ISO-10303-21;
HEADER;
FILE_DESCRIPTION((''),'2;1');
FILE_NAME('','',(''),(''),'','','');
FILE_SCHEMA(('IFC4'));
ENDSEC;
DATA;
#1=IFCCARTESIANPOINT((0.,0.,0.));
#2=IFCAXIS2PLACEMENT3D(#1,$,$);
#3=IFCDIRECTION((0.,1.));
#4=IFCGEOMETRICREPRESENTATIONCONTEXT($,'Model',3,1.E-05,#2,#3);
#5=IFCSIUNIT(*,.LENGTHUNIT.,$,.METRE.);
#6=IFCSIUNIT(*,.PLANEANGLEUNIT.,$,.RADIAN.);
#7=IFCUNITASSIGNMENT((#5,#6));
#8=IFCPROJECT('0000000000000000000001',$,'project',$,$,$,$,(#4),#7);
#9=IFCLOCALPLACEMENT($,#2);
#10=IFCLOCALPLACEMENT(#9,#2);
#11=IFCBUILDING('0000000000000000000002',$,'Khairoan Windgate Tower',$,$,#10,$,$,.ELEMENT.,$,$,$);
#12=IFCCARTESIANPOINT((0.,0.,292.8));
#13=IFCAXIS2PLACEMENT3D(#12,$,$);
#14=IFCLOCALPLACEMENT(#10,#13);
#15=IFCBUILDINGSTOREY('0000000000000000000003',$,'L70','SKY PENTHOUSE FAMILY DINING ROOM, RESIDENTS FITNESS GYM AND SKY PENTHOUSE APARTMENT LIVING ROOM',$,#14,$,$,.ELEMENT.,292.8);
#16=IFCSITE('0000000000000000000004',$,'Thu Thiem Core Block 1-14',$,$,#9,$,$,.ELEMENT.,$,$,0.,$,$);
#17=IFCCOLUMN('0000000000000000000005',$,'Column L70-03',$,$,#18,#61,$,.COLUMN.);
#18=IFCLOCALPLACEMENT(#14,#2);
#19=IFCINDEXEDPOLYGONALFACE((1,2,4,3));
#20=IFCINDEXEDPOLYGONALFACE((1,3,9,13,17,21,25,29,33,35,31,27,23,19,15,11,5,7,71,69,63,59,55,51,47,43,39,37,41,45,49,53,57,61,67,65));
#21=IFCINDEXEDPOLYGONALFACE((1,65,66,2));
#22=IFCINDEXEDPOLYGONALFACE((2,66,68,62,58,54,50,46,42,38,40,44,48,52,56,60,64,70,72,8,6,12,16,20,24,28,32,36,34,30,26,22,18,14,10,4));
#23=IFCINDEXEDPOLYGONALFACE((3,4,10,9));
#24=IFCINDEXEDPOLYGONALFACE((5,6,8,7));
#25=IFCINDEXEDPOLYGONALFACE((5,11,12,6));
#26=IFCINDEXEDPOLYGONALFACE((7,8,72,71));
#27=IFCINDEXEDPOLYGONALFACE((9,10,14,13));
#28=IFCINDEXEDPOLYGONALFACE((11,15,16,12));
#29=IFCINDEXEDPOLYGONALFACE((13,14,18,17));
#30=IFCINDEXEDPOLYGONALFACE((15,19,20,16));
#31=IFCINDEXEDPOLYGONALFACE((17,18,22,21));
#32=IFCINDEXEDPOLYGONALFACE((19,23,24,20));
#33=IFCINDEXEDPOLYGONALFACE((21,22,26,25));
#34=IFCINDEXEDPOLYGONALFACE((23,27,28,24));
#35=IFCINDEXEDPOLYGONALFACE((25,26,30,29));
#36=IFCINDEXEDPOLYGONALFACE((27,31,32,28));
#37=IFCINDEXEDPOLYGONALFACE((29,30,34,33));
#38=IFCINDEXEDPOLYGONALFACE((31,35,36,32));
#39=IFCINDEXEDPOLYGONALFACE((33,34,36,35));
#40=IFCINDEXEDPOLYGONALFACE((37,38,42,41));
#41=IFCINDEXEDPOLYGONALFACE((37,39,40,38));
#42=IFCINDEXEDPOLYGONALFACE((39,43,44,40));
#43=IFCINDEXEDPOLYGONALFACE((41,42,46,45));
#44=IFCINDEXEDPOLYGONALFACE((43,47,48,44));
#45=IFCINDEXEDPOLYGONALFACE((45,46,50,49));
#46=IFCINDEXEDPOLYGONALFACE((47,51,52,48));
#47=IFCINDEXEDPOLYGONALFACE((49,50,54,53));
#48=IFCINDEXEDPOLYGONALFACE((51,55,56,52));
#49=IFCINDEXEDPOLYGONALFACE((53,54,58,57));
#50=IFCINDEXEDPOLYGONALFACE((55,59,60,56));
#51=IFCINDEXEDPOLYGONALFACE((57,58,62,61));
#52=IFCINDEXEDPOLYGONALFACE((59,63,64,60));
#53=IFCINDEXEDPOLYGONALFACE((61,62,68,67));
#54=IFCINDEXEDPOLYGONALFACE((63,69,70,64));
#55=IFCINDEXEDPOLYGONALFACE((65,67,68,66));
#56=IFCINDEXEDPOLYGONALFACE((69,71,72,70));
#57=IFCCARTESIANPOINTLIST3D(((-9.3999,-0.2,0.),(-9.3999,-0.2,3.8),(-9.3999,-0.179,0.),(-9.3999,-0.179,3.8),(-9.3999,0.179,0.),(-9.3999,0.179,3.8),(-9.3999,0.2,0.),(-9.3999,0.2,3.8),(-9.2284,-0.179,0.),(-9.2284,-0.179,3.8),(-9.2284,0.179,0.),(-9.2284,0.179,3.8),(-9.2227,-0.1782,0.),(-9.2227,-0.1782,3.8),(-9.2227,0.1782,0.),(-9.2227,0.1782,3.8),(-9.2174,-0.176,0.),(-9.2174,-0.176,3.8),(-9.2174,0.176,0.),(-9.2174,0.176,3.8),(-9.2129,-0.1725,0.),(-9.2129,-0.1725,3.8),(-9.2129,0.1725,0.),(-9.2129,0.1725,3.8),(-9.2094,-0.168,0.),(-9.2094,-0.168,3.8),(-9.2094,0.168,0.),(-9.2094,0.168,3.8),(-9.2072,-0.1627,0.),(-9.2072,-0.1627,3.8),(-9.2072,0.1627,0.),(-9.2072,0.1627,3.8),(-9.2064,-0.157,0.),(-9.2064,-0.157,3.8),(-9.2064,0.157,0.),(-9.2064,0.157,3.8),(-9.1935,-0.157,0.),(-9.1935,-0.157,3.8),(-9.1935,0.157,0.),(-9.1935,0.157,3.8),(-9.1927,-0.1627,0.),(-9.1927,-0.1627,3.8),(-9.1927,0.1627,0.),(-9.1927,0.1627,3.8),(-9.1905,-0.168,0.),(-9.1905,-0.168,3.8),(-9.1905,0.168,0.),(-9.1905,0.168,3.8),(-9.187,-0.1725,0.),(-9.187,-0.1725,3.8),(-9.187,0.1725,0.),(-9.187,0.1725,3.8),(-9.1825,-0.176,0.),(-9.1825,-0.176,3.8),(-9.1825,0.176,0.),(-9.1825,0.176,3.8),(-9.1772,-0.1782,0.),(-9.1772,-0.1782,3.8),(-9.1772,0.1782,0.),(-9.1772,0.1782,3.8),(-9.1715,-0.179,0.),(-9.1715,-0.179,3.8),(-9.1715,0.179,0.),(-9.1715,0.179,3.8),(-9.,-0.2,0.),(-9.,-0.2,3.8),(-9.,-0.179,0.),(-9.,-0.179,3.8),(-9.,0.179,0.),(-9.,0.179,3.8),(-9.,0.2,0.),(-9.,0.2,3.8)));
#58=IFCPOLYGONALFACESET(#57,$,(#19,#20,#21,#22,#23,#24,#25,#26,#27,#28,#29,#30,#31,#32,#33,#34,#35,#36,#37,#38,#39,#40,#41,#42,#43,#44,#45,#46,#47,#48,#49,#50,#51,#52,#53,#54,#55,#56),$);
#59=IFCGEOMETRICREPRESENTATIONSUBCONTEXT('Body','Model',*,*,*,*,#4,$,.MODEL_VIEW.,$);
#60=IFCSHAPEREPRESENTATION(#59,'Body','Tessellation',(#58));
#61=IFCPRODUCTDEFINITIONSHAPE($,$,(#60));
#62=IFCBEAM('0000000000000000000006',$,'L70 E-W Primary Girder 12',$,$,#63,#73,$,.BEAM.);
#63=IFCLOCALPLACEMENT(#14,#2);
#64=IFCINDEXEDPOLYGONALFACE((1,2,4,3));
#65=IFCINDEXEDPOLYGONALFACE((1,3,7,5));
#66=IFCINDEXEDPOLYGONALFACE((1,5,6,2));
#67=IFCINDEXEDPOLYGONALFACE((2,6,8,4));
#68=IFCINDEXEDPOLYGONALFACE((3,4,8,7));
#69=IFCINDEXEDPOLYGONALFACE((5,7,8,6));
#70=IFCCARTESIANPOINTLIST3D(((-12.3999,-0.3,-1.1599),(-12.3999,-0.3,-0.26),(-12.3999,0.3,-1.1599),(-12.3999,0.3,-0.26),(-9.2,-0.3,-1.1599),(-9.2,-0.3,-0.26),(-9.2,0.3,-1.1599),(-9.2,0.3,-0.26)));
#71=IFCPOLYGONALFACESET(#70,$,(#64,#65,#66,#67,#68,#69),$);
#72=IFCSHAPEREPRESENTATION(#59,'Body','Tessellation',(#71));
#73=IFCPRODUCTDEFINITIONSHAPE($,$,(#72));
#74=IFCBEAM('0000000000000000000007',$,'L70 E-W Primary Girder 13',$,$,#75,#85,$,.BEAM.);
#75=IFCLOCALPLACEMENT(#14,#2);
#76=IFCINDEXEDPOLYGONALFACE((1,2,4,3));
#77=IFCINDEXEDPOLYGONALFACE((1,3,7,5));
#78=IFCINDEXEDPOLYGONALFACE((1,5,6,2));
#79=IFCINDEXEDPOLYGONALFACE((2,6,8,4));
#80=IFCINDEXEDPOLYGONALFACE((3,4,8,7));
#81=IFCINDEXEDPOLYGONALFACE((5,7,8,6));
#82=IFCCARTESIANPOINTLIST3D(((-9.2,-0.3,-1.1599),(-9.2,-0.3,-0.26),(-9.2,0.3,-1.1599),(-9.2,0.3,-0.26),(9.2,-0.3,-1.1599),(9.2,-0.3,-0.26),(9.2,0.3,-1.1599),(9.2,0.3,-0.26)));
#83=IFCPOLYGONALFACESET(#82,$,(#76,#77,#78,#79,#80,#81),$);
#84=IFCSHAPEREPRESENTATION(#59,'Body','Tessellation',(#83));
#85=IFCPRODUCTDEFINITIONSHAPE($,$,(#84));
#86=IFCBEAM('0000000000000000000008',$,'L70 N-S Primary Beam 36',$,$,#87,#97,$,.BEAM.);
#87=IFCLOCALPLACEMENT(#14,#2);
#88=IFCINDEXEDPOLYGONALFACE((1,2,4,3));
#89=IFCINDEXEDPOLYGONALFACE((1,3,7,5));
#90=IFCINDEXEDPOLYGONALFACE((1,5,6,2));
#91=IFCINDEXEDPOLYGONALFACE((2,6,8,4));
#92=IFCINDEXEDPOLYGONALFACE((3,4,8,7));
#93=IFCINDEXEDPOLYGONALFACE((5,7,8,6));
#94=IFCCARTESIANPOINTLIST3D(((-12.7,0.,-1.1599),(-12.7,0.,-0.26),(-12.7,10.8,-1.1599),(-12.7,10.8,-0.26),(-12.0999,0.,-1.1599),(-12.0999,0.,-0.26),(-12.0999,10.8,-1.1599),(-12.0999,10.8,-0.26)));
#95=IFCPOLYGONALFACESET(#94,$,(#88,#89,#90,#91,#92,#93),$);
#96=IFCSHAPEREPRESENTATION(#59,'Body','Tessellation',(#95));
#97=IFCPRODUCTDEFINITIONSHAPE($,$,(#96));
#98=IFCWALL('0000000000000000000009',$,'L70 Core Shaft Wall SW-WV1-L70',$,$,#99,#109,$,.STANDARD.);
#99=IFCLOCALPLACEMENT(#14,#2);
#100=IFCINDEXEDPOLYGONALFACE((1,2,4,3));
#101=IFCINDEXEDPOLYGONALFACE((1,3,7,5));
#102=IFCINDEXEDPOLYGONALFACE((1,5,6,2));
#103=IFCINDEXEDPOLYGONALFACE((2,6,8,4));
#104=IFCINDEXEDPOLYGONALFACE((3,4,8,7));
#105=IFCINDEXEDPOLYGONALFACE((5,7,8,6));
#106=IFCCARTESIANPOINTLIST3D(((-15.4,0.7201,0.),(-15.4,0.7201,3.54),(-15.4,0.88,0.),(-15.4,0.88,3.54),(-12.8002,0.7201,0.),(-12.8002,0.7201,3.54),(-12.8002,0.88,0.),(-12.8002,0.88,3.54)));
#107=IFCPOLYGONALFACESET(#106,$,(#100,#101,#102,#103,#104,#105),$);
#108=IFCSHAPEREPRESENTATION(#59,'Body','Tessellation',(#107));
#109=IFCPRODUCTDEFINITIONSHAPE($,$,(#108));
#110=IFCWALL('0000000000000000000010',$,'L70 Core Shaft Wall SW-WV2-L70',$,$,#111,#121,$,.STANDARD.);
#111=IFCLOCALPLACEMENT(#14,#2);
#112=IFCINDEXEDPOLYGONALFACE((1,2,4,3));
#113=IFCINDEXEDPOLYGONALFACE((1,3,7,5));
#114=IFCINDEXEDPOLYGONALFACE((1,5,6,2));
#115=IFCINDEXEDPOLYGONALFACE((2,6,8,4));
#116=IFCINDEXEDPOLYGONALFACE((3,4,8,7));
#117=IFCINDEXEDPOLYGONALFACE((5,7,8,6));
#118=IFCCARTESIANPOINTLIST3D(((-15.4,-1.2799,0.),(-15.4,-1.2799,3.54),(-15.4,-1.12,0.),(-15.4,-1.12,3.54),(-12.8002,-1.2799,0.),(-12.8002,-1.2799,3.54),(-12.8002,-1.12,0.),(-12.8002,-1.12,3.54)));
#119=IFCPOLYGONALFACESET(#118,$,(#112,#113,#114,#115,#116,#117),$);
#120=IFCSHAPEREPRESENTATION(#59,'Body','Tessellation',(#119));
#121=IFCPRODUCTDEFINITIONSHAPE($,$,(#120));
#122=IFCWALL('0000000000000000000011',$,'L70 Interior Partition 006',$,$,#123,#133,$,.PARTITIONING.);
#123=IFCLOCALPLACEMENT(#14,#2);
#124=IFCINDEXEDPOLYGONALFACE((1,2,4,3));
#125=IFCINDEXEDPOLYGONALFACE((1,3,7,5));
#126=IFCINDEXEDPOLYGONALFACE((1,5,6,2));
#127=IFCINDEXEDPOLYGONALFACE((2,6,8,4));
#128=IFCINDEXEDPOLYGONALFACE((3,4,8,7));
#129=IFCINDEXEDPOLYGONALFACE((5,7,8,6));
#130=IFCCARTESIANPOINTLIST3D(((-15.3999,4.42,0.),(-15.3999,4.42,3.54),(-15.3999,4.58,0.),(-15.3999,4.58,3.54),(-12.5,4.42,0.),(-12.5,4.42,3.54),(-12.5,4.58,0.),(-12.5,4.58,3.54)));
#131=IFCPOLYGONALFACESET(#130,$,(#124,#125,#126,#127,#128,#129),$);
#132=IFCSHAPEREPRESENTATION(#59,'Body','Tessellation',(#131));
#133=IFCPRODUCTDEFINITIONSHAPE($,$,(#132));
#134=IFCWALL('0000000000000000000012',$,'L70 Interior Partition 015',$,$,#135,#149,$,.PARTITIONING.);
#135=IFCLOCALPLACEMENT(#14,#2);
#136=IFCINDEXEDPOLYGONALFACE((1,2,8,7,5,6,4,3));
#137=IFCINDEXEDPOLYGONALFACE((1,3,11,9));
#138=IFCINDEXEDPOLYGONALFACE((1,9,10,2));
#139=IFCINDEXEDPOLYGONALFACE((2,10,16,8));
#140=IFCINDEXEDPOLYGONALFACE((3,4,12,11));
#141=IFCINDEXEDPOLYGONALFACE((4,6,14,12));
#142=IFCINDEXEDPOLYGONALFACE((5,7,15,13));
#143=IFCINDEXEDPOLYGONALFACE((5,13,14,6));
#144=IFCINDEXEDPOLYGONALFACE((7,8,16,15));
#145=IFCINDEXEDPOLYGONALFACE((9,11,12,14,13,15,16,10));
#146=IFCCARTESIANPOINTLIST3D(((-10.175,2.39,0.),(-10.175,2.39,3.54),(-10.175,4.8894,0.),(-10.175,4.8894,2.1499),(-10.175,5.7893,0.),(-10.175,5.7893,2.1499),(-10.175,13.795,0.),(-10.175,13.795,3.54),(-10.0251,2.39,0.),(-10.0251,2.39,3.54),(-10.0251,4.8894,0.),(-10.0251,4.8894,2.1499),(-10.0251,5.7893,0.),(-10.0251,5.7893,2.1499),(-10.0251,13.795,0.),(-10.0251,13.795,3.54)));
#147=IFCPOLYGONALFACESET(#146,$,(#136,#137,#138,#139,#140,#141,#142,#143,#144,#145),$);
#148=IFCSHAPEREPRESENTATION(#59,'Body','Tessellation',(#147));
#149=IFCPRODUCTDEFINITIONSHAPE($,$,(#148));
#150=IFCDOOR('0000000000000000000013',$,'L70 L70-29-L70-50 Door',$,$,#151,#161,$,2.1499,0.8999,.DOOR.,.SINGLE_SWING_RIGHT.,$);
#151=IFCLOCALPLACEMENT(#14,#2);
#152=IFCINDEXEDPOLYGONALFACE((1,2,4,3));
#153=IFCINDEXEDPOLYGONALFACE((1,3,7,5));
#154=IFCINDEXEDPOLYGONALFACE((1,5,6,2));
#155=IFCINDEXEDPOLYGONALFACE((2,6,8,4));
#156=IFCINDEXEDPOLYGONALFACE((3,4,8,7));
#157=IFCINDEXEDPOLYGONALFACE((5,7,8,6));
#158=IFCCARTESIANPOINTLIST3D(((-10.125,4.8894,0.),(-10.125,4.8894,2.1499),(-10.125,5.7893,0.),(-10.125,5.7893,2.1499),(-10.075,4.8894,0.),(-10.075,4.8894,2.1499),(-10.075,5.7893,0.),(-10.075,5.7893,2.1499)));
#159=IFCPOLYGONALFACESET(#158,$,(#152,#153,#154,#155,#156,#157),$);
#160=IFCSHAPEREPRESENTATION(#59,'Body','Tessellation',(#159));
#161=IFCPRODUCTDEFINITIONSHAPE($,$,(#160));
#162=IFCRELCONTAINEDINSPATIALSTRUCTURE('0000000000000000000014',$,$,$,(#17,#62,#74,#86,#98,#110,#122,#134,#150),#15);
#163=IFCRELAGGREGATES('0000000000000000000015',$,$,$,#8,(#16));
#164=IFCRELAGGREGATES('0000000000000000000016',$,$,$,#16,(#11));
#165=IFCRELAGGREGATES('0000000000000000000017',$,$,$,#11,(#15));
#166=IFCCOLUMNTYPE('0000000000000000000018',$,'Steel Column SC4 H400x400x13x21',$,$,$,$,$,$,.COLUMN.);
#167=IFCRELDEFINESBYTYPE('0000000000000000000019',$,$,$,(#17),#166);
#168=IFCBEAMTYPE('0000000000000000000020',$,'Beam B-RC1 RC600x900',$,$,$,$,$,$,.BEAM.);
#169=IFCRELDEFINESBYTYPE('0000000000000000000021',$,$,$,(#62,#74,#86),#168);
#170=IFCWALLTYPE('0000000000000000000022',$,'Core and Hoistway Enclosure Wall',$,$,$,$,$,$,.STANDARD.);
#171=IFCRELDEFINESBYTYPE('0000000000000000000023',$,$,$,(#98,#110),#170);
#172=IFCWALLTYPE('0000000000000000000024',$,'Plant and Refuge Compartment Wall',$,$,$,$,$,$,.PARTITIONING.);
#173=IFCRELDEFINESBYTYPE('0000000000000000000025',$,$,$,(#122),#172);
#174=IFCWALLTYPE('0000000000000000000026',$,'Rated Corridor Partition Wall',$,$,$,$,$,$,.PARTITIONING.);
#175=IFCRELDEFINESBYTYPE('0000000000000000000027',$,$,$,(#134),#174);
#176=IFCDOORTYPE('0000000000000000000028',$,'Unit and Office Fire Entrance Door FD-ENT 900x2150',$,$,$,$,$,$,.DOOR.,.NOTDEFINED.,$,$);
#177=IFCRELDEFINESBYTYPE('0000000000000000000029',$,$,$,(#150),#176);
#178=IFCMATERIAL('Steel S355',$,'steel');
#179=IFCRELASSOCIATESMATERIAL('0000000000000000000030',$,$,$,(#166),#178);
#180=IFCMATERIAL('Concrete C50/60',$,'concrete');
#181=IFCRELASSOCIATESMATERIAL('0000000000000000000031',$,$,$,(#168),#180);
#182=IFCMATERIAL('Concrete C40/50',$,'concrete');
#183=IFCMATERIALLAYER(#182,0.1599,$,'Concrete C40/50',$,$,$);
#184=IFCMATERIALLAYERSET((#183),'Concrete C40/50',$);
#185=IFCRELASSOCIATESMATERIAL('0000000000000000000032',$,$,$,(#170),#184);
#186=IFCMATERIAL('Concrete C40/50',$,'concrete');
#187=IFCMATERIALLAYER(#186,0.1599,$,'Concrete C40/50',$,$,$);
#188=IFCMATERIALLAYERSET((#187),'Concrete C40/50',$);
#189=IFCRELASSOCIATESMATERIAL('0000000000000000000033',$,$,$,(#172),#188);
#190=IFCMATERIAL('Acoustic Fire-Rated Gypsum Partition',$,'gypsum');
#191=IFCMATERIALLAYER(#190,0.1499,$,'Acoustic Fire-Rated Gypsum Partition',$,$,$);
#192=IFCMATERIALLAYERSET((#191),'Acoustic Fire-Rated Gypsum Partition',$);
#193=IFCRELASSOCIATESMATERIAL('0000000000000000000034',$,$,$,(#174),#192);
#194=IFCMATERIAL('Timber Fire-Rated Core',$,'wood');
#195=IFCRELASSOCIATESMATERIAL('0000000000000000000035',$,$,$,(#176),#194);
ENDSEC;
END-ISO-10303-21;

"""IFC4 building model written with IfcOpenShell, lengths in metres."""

from ifc_helpers import new_model, si_unit, direction, frame, frame_2d, origin, origin_2d, place, context, subcontext, project, spatial, rectangle, i_section, extrude, material, layer, layer_set, material_profile, profile_set, type_object, element, fill, save


model = new_model("IFC4")

# Units and contexts
model_context = context("Model", 3, precision=1e-05, world=origin(), true_north=direction((0.0, 1.0)))
body_context = subcontext(model_context, "Body", "Model", "MODEL_VIEW")
ifc_project = project(units=[si_unit("LENGTHUNIT", "METRE"), si_unit("PLANEANGLEUNIT", "RADIAN")], contexts=[model_context])

# Site, building, storey
site_placement = place(None, origin())
site = spatial("IfcSite", under=ifc_project, at=site_placement, Name="Thu Thiem Core Block 1-14", CompositionType="ELEMENT", RefElevation=0.0)
building_placement = place(site_placement, origin())
building = spatial("IfcBuilding", under=site, at=building_placement, Name="Khairoan Windgate Tower", CompositionType="ELEMENT")
storey_placement = place(building_placement, frame((0.0, 0.0, 292.8)))
storey = spatial("IfcBuildingStorey", under=building, at=storey_placement, Name="L70", Description="SKY PENTHOUSE FAMILY DINING ROOM, RESIDENTS FITNESS GYM AND SKY PENTHOUSE APARTMENT LIVING ROOM", CompositionType="ELEMENT", Elevation=292.8)

# Column
ifc_material_1 = material(Name="Steel S355", Category="steel")
ifc_material_profile_1 = material_profile(ifc_material_1, i_section(OverallWidth=0.3999, OverallDepth=0.3999, WebThickness=0.0129, FlangeThickness=0.021, FilletRadius=0.022, at=origin_2d()))
ifc_profile_set_1 = profile_set([ifc_material_profile_1], Name="Steel S355")
column_type = type_object("IfcColumnType", Name="Steel Column SC4 H400x400x13x21", PredefinedType="COLUMN", material=ifc_profile_set_1)
column_placement = place(storey_placement, frame((-9.2, 0.0, 0.0), z_axis=(0.0, 0.0, 1.0), x_axis=(1.0, 0.0, 0.0)))
element("IfcColumn", 1, at=column_placement, inside=storey, type_object=column_type, Name="Column L70-03", PredefinedType="COLUMN", context=body_context, shape_type="SweptSolid", body=[
    extrude(i_section(OverallWidth=0.3999, OverallDepth=0.3999, WebThickness=0.0129, FlangeThickness=0.021, FilletRadius=0.022, at=origin_2d()), origin(), (0.0, 0.0, 1.0), 3.8),
])

# Beams
ifc_material_2 = material(Name="Concrete C50/60", Category="concrete")
ifc_material_profile_2 = material_profile(ifc_material_2, rectangle(XDim=0.6001, YDim=0.8999, at=origin_2d()))
ifc_profile_set_2 = profile_set([ifc_material_profile_2], Name="Concrete C50/60")
beam_type = type_object("IfcBeamType", Name="Beam B-RC1 RC600x900", PredefinedType="BEAM", material=ifc_profile_set_2)
beam_1_placement = place(storey_placement, frame((-12.3999, 0.0, -0.71), z_axis=(1.0, 0.0, 0.0), x_axis=(0.0, 1.0, 0.0)))
element("IfcBeam", 2, at=beam_1_placement, inside=storey, type_object=beam_type, Name="L70 E-W Primary Girder 12", PredefinedType="BEAM", context=body_context, shape_type="SweptSolid", body=[
    extrude(rectangle(XDim=0.6001, YDim=0.8999, at=origin_2d()), origin(), (0.0, 0.0, 1.0), 3.2),
])
beam_2_placement = place(storey_placement, frame((-9.2, 0.0, -0.71), z_axis=(1.0, 0.0, 0.0), x_axis=(0.0, 1.0, 0.0)))
element("IfcBeam", 3, at=beam_2_placement, inside=storey, type_object=beam_type, Name="L70 E-W Primary Girder 13", PredefinedType="BEAM", context=body_context, shape_type="SweptSolid", body=[
    extrude(rectangle(XDim=0.6001, YDim=0.8999, at=origin_2d()), origin(), (0.0, 0.0, 1.0), 18.3999),
])
beam_3_placement = place(storey_placement, frame((-12.3999, 0.0, -0.71), z_axis=(0.0, 1.0, 0.0), x_axis=(-1.0, 0.0, 0.0)))
element("IfcBeam", 4, at=beam_3_placement, inside=storey, type_object=beam_type, Name="L70 N-S Primary Beam 36", PredefinedType="BEAM", context=body_context, shape_type="SweptSolid", body=[
    extrude(rectangle(XDim=0.6001, YDim=0.8999, at=origin_2d()), origin(), (0.0, 0.0, 1.0), 10.8),
])

# Walls
ifc_material_3 = material(Name="Concrete C40/50", Category="concrete")
ifc_layer_1 = layer(ifc_material_3, 0.1599, Name="Concrete C40/50")
ifc_layer_set_1 = layer_set([ifc_layer_1], Name="Concrete C40/50")
wall_type_1 = type_object("IfcWallType", Name="Core and Hoistway Enclosure Wall", PredefinedType="STANDARD", material=ifc_layer_set_1)
for number, where, z_axis, x_axis, name in (
    (5, (-15.3999, 0.8, 0.0), (0.0, 0.0, 1.0), (1.0, 0.0, 0.0), "L70 Core Shaft Wall SW-WV1-L70"),
    (6, (-15.3999, -1.2, 0.0), (0.0, 0.0, 1.0), (1.0, 0.0, 0.0), "L70 Core Shaft Wall SW-WV2-L70"),
):
    element("IfcWall", number, at=place(storey_placement, frame(where, z_axis=z_axis, x_axis=x_axis)), inside=storey, type_object=wall_type_1, Name=name, PredefinedType="STANDARD", context=body_context, shape_type="SweptSolid", body=[
        extrude(rectangle(XDim=2.5999, YDim=0.1599, at=frame_2d((1.2998, 0.0))), origin(), (0.0, 0.0, 1.0), 3.54),
    ])
ifc_material_4 = material(Name="Concrete C40/50", Category="concrete")
ifc_layer_2 = layer(ifc_material_4, 0.1599, Name="Concrete C40/50")
ifc_layer_set_2 = layer_set([ifc_layer_2], Name="Concrete C40/50")
wall_type_2 = type_object("IfcWallType", Name="Plant and Refuge Compartment Wall", PredefinedType="PARTITIONING", material=ifc_layer_set_2)
wall_1_placement = place(storey_placement, frame((-15.3999, 4.5, 0.0), z_axis=(0.0, 0.0, 1.0), x_axis=(1.0, 0.0, 0.0)))
element("IfcWall", 7, at=wall_1_placement, inside=storey, type_object=wall_type_2, Name="L70 Interior Partition 006", PredefinedType="PARTITIONING", context=body_context, shape_type="SweptSolid", body=[
    extrude(rectangle(XDim=2.8999, YDim=0.1599, at=frame_2d((1.45, 0.0))), origin(), (0.0, 0.0, 1.0), 3.54),
])

# Wall, opening, door
ifc_material_5 = material(Name="Acoustic Fire-Rated Gypsum Partition", Category="gypsum")
ifc_layer_3 = layer(ifc_material_5, 0.1499, Name="Acoustic Fire-Rated Gypsum Partition")
ifc_layer_set_3 = layer_set([ifc_layer_3], Name="Acoustic Fire-Rated Gypsum Partition")
wall_type_3 = type_object("IfcWallType", Name="Rated Corridor Partition Wall", PredefinedType="PARTITIONING", material=ifc_layer_set_3)
wall_2_placement = place(storey_placement, frame((-10.1001, 2.3899, 0.0), z_axis=(0.0, 0.0, 1.0), x_axis=(0.0, 1.0, 0.0)))
wall_2 = element("IfcWall", 8, at=wall_2_placement, inside=storey, type_object=wall_type_3, Name="L70 Interior Partition 015", PredefinedType="PARTITIONING", context=body_context, shape_type="SweptSolid", body=[
    extrude(rectangle(XDim=11.405, YDim=0.1499, at=frame_2d((5.7026, 0.0))), origin(), (0.0, 0.0, 1.0), 3.54),
])
opening_1_placement = place(wall_2_placement, frame((2.4995, 0.0, 0.0)))
opening_1 = element("IfcOpeningElement", 9, at=opening_1_placement, cuts=wall_2, PredefinedType="OPENING", context=body_context, shape_type="SweptSolid", body=[
    extrude(rectangle(XDim=0.8999, YDim=2.1499, at=frame_2d((0.45, 1.075))), frame((0.0, 0.085, 0.0), z_axis=(0.0, -1.0, 0.0), x_axis=(1.0, 0.0, 0.0)), (0.0, 0.0, 1.0), 0.1699),
])
ifc_material_6 = material(Name="Timber Fire-Rated Core", Category="wood")
door_type = type_object("IfcDoorType", Name="Unit and Office Fire Entrance Door FD-ENT 900x2150", OperationType="NOTDEFINED", PredefinedType="DOOR", material=ifc_material_6)
door_1_placement = place(opening_1_placement, origin())
door_1 = element("IfcDoor", 10, at=door_1_placement, inside=storey, type_object=door_type, Name="L70 L70-29-L70-50 Door", OperationType="SINGLE_SWING_RIGHT", OverallHeight=2.1499, OverallWidth=0.8999, PredefinedType="DOOR", context=body_context, shape_type="SweptSolid", body=[
    extrude(rectangle(XDim=0.8999, YDim=2.1499, at=frame_2d((0.45, 1.075))), frame((0.0, 0.0249, 0.0), z_axis=(0.0, -1.0, 0.0), x_axis=(1.0, 0.0, 0.0)), (0.0, 0.0, 1.0), 0.05),
])
fill(opening_1, door_1)

save(model, "model.ifc")
